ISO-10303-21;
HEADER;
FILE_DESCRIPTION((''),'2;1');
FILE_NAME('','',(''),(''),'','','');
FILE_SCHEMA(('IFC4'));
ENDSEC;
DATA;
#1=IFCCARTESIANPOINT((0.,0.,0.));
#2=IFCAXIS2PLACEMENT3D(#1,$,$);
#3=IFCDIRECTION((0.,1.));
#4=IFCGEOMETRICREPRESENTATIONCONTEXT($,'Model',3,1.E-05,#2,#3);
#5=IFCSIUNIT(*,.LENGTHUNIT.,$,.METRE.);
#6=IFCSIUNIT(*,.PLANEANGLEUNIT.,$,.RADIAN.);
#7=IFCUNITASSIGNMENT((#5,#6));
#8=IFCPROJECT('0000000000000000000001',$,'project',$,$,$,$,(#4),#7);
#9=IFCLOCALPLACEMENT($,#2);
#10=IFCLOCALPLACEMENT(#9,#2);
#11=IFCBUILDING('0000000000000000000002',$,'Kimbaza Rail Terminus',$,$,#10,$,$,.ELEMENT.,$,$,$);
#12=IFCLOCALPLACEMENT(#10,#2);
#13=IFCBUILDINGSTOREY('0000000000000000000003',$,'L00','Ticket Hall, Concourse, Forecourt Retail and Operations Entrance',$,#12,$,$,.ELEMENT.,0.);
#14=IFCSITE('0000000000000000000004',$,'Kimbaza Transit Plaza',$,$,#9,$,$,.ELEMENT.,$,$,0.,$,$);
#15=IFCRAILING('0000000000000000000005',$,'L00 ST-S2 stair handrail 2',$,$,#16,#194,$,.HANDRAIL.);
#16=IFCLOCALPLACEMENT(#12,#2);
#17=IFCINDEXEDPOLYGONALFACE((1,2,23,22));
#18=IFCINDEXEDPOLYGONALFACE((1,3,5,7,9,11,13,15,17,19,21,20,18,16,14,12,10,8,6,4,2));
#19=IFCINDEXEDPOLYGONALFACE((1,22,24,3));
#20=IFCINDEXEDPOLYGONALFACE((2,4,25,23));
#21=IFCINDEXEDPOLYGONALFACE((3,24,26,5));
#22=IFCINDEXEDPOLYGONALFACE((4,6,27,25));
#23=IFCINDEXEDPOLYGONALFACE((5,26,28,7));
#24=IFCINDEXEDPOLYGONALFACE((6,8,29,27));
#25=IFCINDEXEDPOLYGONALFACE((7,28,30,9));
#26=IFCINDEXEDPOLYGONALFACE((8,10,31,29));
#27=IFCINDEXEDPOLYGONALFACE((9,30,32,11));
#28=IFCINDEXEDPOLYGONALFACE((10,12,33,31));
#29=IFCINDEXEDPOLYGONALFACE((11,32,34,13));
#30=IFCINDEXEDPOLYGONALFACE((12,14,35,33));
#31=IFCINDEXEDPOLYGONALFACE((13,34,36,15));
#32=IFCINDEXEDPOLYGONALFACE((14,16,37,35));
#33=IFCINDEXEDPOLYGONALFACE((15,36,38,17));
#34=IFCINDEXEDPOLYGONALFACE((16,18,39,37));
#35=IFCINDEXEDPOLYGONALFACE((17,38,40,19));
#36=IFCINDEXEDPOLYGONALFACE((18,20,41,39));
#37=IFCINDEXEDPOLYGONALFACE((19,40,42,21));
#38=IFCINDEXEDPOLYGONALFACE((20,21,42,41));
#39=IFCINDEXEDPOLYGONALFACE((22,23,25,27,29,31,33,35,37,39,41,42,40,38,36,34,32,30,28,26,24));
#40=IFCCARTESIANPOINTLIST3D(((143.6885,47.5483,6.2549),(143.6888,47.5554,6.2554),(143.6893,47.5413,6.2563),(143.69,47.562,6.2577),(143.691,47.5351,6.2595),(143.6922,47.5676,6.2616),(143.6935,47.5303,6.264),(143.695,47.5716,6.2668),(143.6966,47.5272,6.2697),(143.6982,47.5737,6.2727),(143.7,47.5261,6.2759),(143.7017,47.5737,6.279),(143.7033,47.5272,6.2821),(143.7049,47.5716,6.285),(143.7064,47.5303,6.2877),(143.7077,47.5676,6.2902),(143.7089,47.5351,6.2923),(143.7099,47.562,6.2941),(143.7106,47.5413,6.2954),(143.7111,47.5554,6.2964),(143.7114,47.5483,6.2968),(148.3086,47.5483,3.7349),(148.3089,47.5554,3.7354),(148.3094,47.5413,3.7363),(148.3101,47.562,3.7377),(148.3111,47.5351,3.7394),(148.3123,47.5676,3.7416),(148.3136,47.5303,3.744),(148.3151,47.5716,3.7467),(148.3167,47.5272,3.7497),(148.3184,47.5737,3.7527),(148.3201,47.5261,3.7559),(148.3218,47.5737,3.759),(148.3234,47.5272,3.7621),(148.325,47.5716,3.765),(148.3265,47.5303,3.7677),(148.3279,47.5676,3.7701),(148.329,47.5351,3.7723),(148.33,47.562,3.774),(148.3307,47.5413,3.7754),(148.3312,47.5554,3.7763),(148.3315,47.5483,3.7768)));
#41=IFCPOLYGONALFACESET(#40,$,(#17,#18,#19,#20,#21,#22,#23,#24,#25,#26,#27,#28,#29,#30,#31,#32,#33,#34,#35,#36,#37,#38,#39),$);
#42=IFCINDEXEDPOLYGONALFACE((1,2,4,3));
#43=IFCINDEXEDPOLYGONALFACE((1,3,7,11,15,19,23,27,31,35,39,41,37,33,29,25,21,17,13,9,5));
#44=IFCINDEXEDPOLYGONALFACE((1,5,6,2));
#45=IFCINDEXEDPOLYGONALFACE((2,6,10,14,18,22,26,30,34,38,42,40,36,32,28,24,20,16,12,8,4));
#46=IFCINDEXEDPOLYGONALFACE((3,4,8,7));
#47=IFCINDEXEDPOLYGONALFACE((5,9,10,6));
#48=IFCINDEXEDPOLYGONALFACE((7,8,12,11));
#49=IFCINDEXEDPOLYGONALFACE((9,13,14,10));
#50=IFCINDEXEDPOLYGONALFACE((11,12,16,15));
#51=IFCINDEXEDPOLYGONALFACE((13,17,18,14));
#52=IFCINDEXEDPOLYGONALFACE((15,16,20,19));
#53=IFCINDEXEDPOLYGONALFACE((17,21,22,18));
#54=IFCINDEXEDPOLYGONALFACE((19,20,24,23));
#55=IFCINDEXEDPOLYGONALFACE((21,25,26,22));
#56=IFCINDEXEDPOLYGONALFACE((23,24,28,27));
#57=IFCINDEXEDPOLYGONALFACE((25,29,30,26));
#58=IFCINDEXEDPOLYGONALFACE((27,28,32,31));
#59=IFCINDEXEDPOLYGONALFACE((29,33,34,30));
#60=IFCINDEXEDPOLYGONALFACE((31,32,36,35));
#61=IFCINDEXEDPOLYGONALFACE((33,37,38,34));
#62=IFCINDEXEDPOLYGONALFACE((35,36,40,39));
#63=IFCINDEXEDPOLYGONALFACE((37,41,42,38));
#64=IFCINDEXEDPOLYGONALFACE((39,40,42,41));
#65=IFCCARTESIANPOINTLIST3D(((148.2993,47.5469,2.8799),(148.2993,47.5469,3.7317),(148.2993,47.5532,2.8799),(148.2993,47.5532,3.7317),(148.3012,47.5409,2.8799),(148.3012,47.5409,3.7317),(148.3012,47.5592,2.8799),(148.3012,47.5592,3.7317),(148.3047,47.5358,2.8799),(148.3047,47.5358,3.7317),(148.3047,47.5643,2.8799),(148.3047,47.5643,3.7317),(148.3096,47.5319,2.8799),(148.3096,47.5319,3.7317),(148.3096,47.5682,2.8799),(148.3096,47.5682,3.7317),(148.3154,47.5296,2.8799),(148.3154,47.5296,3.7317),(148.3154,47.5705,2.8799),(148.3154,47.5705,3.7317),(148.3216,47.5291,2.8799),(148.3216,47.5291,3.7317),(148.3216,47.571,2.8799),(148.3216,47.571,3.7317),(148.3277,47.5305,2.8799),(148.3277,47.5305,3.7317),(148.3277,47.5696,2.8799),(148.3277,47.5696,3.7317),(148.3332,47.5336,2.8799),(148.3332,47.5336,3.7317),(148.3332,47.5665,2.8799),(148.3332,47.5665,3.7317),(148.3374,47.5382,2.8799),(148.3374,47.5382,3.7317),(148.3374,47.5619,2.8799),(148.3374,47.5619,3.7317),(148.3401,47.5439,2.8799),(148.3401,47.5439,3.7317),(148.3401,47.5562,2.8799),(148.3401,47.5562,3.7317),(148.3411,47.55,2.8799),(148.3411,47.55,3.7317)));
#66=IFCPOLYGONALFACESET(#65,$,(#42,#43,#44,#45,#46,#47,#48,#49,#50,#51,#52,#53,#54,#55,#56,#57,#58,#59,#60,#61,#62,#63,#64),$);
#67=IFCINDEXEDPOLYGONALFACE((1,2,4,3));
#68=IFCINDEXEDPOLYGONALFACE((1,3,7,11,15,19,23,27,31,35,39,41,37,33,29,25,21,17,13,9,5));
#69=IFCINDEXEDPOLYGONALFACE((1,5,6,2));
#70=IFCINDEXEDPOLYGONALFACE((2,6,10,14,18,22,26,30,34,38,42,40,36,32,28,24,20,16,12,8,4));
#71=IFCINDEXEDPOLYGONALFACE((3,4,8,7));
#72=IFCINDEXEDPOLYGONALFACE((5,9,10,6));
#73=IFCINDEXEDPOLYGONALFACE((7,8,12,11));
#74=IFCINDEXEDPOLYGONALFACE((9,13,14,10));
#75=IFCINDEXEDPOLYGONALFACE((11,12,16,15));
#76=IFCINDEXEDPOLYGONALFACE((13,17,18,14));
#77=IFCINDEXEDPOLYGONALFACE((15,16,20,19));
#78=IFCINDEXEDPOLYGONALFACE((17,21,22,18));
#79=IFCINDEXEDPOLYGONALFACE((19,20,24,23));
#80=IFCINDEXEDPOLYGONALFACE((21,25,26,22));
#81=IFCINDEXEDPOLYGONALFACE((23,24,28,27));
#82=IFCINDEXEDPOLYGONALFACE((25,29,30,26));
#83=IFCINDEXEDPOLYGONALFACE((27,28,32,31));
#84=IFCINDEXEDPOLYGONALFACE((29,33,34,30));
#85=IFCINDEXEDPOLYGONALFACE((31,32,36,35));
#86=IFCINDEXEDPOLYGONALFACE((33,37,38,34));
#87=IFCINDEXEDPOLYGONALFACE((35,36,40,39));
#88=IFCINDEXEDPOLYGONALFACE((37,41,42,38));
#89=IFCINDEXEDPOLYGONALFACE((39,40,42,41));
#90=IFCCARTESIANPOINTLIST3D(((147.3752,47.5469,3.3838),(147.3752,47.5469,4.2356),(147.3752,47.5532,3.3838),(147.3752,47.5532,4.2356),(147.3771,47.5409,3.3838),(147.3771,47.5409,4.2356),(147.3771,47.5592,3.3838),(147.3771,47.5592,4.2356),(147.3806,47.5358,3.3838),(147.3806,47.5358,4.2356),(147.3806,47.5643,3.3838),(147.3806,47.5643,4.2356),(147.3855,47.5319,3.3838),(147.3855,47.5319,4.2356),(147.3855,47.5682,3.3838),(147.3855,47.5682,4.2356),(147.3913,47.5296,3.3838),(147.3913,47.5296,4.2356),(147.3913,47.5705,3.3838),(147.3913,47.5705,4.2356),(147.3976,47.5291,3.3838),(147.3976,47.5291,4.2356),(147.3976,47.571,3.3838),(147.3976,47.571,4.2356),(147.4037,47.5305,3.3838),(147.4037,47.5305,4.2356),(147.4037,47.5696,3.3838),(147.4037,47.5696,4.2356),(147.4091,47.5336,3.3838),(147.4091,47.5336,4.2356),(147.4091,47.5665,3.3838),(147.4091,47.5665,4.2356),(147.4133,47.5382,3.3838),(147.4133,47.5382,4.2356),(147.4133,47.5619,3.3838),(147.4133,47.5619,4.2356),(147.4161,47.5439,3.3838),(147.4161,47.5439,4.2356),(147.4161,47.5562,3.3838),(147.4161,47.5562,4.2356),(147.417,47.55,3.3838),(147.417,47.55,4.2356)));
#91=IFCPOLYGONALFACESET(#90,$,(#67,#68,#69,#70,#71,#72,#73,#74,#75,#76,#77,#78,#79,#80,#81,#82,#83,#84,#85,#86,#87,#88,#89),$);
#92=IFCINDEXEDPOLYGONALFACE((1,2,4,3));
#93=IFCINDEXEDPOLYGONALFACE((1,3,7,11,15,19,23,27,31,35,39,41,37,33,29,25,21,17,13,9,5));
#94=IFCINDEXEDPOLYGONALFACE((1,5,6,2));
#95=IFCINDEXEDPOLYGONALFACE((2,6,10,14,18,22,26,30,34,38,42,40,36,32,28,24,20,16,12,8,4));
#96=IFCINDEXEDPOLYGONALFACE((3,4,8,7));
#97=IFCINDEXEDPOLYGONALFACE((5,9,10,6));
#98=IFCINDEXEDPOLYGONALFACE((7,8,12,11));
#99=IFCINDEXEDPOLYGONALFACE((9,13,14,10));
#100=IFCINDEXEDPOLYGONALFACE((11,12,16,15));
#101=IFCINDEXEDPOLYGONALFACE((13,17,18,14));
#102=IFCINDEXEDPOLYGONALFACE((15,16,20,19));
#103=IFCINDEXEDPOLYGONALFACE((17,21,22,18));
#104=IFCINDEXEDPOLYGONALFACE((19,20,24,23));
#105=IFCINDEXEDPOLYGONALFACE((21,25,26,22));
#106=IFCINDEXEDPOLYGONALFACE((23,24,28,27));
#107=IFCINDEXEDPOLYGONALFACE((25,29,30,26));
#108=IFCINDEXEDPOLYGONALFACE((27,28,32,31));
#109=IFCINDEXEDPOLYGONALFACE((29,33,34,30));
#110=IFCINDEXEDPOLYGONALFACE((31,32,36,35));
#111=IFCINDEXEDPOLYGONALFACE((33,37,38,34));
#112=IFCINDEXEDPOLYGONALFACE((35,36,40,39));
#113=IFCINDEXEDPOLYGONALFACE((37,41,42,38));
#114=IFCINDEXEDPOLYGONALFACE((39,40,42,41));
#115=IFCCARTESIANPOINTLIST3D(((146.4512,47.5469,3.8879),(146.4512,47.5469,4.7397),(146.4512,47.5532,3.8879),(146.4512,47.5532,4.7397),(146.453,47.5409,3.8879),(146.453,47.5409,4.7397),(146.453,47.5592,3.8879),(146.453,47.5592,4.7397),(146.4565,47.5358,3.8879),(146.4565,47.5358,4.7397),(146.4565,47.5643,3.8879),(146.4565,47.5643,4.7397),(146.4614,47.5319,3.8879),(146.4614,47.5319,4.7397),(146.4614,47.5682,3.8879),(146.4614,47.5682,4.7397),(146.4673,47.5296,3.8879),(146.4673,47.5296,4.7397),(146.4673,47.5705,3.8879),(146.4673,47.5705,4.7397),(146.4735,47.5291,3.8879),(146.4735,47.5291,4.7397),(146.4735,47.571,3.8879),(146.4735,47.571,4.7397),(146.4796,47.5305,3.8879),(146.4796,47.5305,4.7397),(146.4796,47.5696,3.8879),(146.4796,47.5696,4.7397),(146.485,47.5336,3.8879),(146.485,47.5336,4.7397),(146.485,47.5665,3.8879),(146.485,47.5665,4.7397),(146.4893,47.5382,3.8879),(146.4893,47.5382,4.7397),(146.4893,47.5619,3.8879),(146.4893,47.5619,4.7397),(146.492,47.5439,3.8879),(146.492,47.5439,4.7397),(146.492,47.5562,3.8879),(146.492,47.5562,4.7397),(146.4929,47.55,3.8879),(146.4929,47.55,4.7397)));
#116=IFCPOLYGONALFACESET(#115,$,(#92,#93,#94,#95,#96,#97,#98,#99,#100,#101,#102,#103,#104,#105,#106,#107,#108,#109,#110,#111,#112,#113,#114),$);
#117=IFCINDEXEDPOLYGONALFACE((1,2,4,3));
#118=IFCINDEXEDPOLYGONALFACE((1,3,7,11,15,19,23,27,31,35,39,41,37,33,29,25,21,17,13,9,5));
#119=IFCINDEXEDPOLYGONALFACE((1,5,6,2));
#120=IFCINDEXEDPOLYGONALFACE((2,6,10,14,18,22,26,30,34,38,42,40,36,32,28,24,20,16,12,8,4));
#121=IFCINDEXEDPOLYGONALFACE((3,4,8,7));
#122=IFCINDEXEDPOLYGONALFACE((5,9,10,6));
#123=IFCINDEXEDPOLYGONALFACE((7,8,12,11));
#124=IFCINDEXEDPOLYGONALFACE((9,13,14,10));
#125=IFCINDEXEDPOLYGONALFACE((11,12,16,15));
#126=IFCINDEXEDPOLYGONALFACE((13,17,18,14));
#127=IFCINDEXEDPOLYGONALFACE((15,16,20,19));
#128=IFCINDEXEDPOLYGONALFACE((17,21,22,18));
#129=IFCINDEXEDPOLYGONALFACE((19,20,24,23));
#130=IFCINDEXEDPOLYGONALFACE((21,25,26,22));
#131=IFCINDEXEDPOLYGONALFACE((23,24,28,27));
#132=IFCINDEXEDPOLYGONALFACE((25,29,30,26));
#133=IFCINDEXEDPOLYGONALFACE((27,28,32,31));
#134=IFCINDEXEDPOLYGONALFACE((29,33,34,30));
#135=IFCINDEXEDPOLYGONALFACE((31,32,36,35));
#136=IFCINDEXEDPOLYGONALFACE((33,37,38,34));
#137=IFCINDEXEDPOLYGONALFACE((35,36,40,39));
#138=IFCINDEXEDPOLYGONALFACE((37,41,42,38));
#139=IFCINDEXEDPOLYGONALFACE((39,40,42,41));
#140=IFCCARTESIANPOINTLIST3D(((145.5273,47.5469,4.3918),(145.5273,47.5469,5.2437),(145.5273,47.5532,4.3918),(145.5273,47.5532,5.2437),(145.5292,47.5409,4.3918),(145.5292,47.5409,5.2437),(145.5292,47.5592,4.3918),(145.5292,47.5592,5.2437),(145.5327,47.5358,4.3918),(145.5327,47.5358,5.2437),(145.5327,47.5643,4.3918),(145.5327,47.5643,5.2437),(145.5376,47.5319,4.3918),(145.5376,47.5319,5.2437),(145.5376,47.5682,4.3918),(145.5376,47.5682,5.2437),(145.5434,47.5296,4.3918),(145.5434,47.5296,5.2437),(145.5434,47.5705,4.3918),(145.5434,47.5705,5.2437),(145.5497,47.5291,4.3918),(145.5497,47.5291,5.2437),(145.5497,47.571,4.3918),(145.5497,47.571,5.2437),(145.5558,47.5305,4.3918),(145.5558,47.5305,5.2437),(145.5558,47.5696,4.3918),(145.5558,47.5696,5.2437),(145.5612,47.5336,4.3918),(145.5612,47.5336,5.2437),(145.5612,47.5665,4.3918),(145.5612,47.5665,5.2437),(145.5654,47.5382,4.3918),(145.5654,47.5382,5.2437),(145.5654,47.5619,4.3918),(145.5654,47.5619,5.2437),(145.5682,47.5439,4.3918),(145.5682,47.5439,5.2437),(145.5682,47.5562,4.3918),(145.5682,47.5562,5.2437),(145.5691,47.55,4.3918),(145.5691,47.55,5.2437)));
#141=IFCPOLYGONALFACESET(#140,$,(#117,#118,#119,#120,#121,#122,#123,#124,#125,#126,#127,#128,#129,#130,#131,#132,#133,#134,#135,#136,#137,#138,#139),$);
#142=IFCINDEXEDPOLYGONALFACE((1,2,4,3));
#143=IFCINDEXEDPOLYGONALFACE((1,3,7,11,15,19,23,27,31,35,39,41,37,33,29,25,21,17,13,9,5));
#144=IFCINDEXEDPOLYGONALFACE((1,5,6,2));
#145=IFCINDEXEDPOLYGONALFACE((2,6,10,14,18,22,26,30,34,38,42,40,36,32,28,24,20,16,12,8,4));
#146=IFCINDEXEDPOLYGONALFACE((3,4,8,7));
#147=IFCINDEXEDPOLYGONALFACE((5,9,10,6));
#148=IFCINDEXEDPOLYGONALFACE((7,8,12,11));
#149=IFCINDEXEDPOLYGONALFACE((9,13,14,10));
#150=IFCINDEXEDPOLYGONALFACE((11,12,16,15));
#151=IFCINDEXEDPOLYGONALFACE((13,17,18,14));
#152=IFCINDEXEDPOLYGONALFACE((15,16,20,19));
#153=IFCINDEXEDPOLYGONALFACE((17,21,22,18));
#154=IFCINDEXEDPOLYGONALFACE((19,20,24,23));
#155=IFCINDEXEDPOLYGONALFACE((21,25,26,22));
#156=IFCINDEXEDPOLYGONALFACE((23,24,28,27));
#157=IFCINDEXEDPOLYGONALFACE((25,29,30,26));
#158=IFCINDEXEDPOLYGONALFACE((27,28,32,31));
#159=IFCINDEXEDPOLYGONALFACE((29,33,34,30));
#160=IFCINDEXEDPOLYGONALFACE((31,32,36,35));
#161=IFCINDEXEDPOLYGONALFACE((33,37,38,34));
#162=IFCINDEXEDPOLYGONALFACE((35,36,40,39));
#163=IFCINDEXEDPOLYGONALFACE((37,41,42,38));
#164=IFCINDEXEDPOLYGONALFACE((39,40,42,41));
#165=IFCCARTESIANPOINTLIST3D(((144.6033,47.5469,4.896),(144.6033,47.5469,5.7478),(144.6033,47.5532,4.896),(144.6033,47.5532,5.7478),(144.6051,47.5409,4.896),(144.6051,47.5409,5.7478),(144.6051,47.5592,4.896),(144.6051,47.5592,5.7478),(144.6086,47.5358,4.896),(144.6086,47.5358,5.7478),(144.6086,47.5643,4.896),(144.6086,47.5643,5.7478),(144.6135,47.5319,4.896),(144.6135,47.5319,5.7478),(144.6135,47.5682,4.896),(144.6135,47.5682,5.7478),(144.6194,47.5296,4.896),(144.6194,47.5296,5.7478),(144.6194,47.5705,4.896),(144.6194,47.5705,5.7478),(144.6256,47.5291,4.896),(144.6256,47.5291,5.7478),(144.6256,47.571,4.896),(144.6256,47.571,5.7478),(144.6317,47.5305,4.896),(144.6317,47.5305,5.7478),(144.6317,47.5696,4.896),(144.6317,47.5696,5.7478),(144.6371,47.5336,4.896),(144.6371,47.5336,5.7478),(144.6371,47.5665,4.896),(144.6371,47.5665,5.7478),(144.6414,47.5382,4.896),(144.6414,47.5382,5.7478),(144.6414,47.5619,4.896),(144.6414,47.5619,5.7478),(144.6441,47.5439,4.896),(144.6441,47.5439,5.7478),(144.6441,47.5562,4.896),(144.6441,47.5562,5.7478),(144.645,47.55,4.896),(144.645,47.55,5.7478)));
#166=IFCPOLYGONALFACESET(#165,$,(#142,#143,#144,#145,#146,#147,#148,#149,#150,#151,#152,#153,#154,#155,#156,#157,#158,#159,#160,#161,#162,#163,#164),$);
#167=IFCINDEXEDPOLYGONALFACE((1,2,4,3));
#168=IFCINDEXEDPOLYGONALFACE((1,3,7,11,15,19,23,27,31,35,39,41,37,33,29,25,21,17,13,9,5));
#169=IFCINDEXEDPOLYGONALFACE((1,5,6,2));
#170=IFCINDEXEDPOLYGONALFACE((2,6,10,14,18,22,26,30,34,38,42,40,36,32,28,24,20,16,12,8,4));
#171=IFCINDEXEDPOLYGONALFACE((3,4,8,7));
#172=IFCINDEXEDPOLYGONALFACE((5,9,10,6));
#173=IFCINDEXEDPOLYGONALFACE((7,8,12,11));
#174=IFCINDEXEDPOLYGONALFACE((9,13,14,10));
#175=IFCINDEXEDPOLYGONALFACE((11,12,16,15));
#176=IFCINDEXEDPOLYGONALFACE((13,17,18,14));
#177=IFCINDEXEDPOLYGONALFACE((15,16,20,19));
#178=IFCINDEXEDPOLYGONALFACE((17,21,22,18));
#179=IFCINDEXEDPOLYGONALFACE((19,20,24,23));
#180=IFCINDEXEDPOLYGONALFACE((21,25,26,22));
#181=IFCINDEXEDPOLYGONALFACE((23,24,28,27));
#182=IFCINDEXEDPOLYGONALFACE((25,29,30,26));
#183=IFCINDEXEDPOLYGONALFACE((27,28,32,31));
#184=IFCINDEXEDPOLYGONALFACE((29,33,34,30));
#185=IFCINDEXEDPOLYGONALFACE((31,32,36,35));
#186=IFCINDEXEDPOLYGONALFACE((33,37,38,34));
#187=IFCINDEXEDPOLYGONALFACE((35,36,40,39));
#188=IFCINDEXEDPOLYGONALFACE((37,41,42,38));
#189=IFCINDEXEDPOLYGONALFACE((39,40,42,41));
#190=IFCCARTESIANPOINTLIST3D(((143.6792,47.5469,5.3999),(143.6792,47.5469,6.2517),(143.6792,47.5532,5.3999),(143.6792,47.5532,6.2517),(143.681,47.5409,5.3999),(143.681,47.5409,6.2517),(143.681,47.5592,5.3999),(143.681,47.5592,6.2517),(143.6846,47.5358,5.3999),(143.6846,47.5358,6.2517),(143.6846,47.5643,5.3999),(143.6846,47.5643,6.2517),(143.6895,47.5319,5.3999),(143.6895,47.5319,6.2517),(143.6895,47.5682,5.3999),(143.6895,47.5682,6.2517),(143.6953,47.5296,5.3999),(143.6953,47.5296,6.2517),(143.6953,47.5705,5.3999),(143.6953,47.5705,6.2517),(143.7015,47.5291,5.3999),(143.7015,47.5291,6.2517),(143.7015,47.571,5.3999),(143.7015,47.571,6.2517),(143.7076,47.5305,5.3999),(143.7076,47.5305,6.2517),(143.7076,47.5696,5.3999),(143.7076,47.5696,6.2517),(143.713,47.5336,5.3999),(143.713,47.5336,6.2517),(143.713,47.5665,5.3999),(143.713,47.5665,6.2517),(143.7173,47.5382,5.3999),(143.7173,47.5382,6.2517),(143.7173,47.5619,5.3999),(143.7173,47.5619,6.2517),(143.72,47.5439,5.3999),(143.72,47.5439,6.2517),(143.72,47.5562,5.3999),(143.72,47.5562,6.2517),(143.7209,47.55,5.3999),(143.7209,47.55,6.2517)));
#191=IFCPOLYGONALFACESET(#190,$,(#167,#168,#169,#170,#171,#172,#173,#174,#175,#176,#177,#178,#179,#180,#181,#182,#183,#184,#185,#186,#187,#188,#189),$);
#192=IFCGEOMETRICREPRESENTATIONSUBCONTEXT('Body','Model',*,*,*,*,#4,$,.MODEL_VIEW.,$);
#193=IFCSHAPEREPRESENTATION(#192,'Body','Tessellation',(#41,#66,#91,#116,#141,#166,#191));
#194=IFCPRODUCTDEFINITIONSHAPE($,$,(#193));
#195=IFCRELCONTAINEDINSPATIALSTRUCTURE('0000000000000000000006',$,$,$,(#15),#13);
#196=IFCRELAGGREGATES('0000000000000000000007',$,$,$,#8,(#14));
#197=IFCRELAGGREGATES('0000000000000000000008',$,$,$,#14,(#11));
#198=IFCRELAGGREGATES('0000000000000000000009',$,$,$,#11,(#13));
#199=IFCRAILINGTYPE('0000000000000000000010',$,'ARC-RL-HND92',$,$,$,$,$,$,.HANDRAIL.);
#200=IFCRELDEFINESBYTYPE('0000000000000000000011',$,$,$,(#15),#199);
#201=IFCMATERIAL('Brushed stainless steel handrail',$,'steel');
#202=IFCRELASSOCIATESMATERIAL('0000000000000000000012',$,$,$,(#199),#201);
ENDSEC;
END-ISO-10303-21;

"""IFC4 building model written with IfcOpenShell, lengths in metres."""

from ifc_helpers import new_model, si_unit, direction, frame, origin, origin_2d, place, context, subcontext, project, spatial, circle, extrude, material, type_object, element, save


model = new_model("IFC4")

# Units and contexts
model_context = context("Model", 3, precision=1e-05, world=origin(), true_north=direction((0.0, 1.0)))
body_context = subcontext(model_context, "Body", "Model", "MODEL_VIEW")
ifc_project = project(units=[si_unit("LENGTHUNIT", "METRE"), si_unit("PLANEANGLEUNIT", "RADIAN")], contexts=[model_context])

# Site, building, storey
site_placement = place(None, origin())
site = spatial("IfcSite", under=ifc_project, at=site_placement, Name="Kimbaza Transit Plaza", CompositionType="ELEMENT", RefElevation=0.0)
building_placement = place(site_placement, origin())
building = spatial("IfcBuilding", under=site, at=building_placement, Name="Kimbaza Rail Terminus", CompositionType="ELEMENT")
storey_placement = place(building_placement, origin())
storey = spatial("IfcBuildingStorey", under=building, at=storey_placement, Name="L00", Description="Ticket Hall, Concourse, Forecourt Retail and Operations Entrance", CompositionType="ELEMENT", Elevation=0.0)

# Railing
ifc_material_1 = material(Name="Brushed stainless steel handrail", Category="steel")
railing_type_1 = type_object("IfcRailingType", Name="ARC-RL-HND92", PredefinedType="HANDRAIL", material=ifc_material_1)
railing_1_placement = place(storey_placement, frame((148.3201, 47.55, 2.8799)))
element("IfcRailing", 1, at=railing_1_placement, inside=storey, type_object=railing_type_1, Name="L00 ST-S2 stair handrail 2", PredefinedType="HANDRAIL", context=body_context, shape_type="SweptSolid", body=[
    extrude(circle(Radius=0.0239, at=origin_2d()), frame((0.0, 0.0, 0.876), z_axis=(-0.877899, 0.0, 0.478846), x_axis=(0.0, -1.0, 0.0)), (0.0, 0.0, 1.0), 5.2627),
    extrude(circle(Radius=0.021, at=origin_2d()), origin(), (0.0, 0.0, 1.0), 0.8518),
    extrude(circle(Radius=0.021, at=origin_2d()), frame((-0.9241, 0.0, 0.5039)), (0.0, 0.0, 1.0), 0.8518),
    extrude(circle(Radius=0.021, at=origin_2d()), frame((-1.8481, 0.0, 1.0081)), (0.0, 0.0, 1.0), 0.8518),
    extrude(circle(Radius=0.021, at=origin_2d()), frame((-2.772, 0.0, 1.512)), (0.0, 0.0, 1.0), 0.8518),
    extrude(circle(Radius=0.021, at=origin_2d()), frame((-3.696, 0.0, 2.0161)), (0.0, 0.0, 1.0), 0.8518),
    extrude(circle(Radius=0.021, at=origin_2d()), frame((-4.6201, 0.0, 2.52)), (0.0, 0.0, 1.0), 0.8518),
])

save(model, "model.ifc")
